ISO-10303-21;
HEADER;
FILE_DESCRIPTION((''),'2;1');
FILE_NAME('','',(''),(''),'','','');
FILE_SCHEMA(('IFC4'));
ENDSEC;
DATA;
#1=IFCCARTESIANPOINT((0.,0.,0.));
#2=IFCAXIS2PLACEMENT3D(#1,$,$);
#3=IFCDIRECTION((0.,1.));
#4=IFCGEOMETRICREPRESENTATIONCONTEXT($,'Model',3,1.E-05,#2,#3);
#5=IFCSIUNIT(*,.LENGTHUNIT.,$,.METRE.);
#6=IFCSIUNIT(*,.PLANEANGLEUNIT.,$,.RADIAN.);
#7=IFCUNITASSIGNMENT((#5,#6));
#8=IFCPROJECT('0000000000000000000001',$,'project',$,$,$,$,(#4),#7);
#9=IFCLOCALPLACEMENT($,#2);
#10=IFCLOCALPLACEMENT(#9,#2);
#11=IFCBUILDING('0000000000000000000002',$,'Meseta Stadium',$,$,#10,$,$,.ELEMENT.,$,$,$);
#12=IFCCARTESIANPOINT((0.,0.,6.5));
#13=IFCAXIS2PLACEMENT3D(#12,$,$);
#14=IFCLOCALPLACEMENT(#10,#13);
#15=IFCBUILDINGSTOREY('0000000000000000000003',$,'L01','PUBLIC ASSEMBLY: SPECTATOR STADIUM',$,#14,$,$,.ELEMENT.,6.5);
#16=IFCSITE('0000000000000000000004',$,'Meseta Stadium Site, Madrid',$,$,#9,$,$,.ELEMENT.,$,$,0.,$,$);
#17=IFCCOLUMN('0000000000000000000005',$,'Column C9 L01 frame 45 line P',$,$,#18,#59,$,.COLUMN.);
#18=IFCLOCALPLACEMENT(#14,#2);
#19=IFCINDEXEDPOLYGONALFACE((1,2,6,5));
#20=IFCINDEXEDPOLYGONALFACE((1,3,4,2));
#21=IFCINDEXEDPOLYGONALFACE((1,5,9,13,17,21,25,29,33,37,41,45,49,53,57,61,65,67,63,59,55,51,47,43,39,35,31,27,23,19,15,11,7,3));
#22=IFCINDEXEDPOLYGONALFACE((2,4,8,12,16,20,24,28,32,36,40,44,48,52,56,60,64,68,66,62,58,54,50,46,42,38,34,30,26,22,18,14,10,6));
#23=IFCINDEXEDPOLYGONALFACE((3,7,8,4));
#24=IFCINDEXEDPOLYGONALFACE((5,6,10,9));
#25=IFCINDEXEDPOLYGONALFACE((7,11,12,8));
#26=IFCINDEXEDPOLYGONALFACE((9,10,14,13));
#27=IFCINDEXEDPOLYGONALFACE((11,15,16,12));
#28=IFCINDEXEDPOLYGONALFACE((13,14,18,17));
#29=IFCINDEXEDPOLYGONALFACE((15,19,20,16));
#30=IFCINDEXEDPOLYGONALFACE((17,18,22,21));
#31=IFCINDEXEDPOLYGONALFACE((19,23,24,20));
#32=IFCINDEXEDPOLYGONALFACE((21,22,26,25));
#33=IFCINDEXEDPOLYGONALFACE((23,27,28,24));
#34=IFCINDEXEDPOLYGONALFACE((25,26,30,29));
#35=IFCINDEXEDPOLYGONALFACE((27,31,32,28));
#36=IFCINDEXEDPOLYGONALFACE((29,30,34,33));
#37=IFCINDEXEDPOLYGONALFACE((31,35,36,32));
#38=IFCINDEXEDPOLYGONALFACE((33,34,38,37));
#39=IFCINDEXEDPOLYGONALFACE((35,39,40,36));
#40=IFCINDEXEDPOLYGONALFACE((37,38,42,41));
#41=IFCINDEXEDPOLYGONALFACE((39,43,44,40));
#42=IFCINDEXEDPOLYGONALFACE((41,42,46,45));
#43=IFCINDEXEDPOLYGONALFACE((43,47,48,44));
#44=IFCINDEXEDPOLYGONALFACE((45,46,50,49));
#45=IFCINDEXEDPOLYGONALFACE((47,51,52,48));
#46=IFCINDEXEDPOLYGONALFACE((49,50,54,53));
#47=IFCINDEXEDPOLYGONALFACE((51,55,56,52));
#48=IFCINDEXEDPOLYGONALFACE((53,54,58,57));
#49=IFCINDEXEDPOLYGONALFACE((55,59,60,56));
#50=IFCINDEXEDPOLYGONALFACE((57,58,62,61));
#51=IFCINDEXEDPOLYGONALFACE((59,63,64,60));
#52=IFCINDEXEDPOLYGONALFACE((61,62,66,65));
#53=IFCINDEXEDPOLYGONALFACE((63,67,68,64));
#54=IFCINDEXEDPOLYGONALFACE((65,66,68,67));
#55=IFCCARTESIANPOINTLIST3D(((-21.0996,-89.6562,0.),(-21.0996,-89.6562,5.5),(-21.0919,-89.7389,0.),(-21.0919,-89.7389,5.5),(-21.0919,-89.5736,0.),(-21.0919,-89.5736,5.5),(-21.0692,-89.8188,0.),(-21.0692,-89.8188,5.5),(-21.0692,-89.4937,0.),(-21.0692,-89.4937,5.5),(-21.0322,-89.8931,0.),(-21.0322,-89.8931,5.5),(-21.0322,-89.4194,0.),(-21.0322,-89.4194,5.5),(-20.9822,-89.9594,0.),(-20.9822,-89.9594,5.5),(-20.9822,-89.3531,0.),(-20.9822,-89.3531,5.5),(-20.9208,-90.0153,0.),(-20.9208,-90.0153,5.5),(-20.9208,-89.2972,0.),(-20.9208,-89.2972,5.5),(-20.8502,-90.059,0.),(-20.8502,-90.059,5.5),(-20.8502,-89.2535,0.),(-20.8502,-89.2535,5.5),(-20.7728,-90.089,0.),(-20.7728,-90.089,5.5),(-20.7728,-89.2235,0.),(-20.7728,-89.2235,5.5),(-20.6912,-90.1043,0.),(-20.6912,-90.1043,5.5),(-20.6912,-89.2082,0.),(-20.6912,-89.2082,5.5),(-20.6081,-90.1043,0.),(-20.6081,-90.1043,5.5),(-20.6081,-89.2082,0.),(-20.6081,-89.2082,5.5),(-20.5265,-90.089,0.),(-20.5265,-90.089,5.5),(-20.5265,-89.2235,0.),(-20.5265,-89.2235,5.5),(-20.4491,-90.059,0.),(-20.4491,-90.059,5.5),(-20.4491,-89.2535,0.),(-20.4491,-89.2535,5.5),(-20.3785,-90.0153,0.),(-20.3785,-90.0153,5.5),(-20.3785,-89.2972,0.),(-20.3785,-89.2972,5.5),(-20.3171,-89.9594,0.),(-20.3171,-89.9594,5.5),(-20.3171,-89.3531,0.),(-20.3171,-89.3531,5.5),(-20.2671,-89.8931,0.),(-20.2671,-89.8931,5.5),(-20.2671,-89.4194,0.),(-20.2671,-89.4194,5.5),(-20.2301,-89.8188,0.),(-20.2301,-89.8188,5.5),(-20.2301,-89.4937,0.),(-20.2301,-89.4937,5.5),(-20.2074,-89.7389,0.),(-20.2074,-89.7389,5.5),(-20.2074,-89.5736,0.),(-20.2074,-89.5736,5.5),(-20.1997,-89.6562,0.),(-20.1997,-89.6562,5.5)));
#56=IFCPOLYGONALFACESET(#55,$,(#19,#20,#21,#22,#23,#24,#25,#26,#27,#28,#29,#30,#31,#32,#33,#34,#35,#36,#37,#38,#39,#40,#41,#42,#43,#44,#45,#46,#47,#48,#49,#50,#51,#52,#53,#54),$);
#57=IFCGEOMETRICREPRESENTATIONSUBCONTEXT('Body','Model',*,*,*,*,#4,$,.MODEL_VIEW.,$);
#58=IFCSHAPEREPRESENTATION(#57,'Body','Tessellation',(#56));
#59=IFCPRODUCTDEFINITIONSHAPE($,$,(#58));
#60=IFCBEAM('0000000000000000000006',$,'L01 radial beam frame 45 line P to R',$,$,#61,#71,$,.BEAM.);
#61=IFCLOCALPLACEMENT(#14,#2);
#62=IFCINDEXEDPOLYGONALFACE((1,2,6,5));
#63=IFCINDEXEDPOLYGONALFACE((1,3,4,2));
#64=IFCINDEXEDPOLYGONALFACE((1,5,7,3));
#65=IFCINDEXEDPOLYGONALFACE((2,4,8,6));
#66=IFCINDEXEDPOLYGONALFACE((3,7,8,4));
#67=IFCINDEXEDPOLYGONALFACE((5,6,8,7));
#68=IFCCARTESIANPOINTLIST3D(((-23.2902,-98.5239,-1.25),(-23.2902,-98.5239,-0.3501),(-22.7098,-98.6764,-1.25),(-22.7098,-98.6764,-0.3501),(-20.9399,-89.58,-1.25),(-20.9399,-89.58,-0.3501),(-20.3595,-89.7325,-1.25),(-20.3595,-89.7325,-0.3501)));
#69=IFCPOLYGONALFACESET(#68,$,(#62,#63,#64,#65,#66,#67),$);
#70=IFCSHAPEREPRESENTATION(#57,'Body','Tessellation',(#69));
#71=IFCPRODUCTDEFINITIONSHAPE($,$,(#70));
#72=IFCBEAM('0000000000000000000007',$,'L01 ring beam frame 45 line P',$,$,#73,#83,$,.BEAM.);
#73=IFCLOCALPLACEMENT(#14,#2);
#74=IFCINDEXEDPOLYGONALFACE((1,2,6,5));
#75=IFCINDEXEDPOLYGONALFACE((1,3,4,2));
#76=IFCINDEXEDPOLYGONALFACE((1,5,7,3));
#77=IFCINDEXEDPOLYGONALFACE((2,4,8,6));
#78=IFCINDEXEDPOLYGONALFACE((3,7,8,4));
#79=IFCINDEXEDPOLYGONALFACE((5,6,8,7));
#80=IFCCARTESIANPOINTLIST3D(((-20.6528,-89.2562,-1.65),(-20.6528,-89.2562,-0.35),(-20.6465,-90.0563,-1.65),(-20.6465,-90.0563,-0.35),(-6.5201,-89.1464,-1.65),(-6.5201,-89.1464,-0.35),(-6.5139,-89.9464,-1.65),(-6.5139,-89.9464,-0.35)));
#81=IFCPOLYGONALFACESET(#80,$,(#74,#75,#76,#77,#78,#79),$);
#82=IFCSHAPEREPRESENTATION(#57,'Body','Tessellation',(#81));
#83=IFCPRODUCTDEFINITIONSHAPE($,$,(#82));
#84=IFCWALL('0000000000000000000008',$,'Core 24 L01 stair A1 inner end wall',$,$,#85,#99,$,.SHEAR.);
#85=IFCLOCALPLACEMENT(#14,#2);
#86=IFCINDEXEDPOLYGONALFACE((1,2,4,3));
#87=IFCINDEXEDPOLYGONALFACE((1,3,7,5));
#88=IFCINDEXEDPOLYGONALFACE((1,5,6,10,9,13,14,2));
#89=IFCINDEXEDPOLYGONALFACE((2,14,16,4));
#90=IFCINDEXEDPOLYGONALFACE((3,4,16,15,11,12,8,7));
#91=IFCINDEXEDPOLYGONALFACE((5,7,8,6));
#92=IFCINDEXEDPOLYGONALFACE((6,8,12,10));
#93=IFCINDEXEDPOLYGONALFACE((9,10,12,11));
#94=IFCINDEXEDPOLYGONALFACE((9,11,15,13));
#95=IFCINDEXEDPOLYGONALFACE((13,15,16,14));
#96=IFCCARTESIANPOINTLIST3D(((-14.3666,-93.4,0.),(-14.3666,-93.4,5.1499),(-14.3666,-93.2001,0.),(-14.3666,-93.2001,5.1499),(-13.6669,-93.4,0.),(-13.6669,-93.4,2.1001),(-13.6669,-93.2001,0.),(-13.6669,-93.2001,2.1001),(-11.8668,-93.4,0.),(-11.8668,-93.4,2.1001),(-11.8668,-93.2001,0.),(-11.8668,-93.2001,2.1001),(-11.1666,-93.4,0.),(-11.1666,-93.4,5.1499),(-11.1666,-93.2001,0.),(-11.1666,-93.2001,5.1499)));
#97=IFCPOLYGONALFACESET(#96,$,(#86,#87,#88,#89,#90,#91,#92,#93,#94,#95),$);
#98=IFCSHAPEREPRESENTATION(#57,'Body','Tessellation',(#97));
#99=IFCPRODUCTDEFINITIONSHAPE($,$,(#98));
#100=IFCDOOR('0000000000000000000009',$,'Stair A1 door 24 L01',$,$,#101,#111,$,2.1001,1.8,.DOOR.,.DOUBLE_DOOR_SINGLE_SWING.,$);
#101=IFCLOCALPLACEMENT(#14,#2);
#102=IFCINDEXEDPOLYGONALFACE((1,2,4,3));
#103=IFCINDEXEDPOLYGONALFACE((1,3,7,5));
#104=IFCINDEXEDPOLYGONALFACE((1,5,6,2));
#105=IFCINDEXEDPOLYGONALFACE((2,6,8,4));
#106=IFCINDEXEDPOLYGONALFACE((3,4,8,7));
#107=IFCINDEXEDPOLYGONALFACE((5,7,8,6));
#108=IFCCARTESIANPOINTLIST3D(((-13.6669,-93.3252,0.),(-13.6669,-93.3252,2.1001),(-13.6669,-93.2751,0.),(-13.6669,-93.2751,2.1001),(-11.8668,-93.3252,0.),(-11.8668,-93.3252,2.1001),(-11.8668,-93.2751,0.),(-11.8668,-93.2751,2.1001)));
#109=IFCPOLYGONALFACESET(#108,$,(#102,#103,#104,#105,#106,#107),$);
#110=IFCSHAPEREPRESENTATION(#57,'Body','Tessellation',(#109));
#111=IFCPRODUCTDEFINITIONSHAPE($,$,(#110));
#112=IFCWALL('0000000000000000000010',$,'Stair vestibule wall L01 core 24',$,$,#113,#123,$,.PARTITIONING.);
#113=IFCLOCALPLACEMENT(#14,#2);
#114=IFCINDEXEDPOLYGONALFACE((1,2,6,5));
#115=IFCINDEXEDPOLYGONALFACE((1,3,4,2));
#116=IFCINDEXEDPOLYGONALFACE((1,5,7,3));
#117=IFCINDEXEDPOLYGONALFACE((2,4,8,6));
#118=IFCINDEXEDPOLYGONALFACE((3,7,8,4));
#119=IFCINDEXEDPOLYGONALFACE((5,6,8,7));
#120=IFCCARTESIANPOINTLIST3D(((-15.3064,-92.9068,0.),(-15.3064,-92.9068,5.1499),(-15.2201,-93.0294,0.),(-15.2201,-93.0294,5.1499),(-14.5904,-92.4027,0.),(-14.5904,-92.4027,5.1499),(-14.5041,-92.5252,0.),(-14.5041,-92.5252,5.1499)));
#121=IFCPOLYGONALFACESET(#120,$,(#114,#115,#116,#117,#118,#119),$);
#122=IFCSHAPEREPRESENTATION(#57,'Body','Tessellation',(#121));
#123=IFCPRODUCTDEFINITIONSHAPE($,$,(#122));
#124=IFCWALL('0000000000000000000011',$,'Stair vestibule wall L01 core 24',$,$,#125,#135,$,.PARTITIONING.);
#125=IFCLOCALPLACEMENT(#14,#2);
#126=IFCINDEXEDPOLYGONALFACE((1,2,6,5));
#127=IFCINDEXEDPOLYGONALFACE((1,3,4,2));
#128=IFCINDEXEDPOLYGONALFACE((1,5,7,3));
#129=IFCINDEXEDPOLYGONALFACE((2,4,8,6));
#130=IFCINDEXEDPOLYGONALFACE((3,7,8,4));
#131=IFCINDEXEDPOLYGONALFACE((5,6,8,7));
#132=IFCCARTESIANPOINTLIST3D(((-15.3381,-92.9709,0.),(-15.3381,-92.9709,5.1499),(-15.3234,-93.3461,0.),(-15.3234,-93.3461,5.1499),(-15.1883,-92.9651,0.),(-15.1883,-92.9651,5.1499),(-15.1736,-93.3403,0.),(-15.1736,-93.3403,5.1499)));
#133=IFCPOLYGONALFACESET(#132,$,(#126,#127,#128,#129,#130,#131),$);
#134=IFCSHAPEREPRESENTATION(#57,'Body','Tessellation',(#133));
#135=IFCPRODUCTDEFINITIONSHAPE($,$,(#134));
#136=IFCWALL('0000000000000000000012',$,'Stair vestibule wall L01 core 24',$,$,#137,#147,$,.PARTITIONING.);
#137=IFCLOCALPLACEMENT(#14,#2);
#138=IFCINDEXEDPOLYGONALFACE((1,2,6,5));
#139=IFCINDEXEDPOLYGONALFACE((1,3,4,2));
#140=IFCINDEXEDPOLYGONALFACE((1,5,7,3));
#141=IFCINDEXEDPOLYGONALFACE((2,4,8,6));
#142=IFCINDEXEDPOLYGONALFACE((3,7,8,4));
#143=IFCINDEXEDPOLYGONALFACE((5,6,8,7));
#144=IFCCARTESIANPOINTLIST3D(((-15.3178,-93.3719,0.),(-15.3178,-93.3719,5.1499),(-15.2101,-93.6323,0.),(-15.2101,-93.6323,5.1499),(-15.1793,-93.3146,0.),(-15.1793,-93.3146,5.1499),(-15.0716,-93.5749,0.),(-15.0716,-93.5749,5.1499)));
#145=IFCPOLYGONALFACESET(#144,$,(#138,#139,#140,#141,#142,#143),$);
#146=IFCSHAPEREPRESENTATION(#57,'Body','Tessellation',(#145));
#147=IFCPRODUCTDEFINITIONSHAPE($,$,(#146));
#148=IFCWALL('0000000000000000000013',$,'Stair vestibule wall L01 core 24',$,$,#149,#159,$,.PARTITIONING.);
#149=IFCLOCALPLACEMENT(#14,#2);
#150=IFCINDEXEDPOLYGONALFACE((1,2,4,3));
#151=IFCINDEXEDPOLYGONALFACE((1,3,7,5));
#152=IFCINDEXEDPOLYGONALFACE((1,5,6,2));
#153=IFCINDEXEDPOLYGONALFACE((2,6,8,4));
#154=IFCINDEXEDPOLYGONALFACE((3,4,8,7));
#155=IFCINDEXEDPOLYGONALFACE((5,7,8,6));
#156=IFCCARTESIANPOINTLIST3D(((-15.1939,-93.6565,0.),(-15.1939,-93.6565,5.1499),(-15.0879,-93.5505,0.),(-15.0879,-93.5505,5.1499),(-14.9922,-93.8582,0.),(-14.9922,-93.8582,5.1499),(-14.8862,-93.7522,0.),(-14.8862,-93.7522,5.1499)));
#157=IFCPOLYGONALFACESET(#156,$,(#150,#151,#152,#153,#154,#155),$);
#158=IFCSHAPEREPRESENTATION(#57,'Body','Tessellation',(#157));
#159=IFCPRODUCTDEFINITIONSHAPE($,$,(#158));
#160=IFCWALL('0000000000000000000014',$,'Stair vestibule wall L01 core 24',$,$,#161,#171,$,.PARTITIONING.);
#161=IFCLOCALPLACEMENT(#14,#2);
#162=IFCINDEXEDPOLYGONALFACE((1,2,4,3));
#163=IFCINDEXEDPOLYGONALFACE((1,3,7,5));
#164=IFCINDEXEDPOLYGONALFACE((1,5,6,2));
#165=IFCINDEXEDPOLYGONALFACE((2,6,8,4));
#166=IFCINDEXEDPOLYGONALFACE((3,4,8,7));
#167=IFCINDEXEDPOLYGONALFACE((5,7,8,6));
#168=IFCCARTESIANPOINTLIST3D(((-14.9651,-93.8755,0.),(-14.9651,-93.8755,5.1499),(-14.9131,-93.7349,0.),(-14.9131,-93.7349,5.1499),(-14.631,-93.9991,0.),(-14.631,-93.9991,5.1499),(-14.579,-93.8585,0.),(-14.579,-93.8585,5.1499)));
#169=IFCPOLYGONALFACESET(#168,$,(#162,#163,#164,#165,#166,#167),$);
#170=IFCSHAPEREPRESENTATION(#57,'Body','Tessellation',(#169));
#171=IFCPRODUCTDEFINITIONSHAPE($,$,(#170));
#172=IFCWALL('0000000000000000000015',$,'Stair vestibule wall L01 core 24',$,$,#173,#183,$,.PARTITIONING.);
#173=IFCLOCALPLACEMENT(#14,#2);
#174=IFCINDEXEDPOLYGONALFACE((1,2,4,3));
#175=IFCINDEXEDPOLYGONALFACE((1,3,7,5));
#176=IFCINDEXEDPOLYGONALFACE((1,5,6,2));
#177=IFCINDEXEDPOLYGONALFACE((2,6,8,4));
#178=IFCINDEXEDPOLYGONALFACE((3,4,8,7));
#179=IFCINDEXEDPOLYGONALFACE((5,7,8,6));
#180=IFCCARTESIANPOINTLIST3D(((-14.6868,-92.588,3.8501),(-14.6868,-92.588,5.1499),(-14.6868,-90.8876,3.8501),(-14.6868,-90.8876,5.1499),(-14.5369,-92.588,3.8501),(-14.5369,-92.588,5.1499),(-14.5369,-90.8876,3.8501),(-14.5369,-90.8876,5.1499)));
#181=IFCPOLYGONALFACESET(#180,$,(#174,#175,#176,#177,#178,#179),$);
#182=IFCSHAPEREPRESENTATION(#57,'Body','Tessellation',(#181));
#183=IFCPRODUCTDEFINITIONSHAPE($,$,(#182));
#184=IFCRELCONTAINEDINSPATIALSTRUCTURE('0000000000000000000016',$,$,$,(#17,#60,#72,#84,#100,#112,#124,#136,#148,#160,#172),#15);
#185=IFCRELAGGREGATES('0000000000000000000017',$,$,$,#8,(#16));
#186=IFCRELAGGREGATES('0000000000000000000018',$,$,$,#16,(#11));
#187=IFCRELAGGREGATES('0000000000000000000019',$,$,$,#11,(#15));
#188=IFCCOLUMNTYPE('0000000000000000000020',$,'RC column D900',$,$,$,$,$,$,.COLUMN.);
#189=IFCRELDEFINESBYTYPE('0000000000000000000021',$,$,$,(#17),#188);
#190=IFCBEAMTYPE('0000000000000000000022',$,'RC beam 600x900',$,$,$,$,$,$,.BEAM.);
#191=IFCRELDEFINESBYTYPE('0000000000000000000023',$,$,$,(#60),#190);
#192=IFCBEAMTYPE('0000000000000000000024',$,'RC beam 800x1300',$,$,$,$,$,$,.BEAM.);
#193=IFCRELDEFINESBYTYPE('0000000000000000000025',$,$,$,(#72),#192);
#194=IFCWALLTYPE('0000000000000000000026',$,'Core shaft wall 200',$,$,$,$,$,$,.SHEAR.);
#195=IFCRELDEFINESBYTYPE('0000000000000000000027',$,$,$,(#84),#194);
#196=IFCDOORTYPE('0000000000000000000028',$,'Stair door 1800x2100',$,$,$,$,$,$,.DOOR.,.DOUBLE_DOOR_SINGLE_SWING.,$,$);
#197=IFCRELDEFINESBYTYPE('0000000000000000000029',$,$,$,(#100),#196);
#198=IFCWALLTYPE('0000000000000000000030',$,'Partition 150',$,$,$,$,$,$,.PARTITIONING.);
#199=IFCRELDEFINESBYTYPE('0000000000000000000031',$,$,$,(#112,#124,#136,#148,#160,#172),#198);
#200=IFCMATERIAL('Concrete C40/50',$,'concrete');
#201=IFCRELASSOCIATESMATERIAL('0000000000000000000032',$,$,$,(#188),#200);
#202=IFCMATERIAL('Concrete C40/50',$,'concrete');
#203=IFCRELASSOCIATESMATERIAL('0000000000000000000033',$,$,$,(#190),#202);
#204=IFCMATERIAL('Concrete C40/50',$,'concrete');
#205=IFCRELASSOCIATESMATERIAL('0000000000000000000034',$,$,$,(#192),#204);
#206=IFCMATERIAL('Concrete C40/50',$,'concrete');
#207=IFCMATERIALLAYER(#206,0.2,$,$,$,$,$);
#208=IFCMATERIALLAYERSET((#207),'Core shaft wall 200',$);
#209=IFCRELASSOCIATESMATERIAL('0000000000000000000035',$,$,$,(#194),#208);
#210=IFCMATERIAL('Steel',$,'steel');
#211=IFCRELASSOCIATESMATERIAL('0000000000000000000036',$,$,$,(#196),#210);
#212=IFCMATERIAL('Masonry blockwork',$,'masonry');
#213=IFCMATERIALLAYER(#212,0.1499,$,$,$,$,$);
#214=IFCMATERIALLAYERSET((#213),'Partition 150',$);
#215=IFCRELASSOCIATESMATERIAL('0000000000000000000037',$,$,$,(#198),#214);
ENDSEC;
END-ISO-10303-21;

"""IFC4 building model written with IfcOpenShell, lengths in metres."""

from ifc_helpers import new_model, si_unit, direction, frame, frame_2d, origin, origin_2d, place, context, subcontext, project, spatial, rectangle, circle, extrude, material, layer, layer_set, material_profile, profile_set, type_object, element, fill, save


model = new_model("IFC4")

# Units and contexts
model_context = context("Model", 3, precision=1e-05, world=origin(), true_north=direction((0.0, 1.0)))
body_context = subcontext(model_context, "Body", "Model", "MODEL_VIEW")
ifc_project = project(units=[si_unit("LENGTHUNIT", "METRE"), si_unit("PLANEANGLEUNIT", "RADIAN")], contexts=[model_context])

# Site, building, storey
site_placement = place(None, origin())
site = spatial("IfcSite", under=ifc_project, at=site_placement, Name="Meseta Stadium Site, Madrid", CompositionType="ELEMENT", RefElevation=0.0)
building_placement = place(site_placement, origin())
building = spatial("IfcBuilding", under=site, at=building_placement, Name="Meseta Stadium", CompositionType="ELEMENT")
storey_placement = place(building_placement, frame((0.0, 0.0, 6.5)))
storey = spatial("IfcBuildingStorey", under=building, at=storey_placement, Name="L01", Description="PUBLIC ASSEMBLY: SPECTATOR STADIUM", CompositionType="ELEMENT", Elevation=6.5)

# Column
ifc_material_1 = material(Name="Concrete C40/50", Category="concrete")
ifc_material_profile_1 = material_profile(ifc_material_1, circle(Radius=0.45, at=origin_2d()), Name="RC D900")
ifc_profile_set_1 = profile_set([ifc_material_profile_1], Name="Concrete C40/50")
column_type = type_object("IfcColumnType", Name="RC column D900", PredefinedType="COLUMN", material=ifc_profile_set_1)
column_placement = place(storey_placement, frame((-20.6497, -89.6562, 0.0), z_axis=(0.0, 0.0, 1.0), x_axis=(1.0, 0.0, 0.0)))
element("IfcColumn", 1, at=column_placement, inside=storey, type_object=column_type, Name="Column C9 L01 frame 45 line P", PredefinedType="COLUMN", context=body_context, shape_type="SweptSolid", body=[
    extrude(circle(Radius=0.45, at=origin_2d()), origin(), (0.0, 0.0, 1.0), 5.5),
])

# Beams
ifc_material_2 = material(Name="Concrete C40/50", Category="concrete")
ifc_material_profile_2 = material_profile(ifc_material_2, rectangle(XDim=0.6001, YDim=0.8999, at=origin_2d()), Name="RC 600x900")
ifc_profile_set_2 = profile_set([ifc_material_profile_2], Name="Concrete C40/50")
beam_type_1 = type_object("IfcBeamType", Name="RC beam 600x900", PredefinedType="BEAM", material=ifc_profile_set_2)
beam_1_placement = place(storey_placement, frame((-20.6497, -89.6562, -0.8), z_axis=(-0.254159, -0.967162, 0.0), x_axis=(0.967162, -0.254159, 0.0)))
element("IfcBeam", 2, at=beam_1_placement, inside=storey, type_object=beam_type_1, Name="L01 radial beam frame 45 line P to R", PredefinedType="BEAM", context=body_context, shape_type="SweptSolid", body=[
    extrude(rectangle(XDim=0.6001, YDim=0.8999, at=origin_2d()), origin(), (0.0, 0.0, 1.0), 9.2476),
])
ifc_material_3 = material(Name="Concrete C40/50", Category="concrete")
ifc_material_profile_3 = material_profile(ifc_material_3, rectangle(XDim=0.8, YDim=1.3, at=origin_2d()), Name="RC 800x1300")
ifc_profile_set_3 = profile_set([ifc_material_profile_3], Name="Concrete C40/50")
beam_type_2 = type_object("IfcBeamType", Name="RC beam 800x1300", PredefinedType="BEAM", material=ifc_profile_set_3)
beam_2_placement = place(storey_placement, frame((-20.6497, -89.6562, -1.0), z_axis=(0.99997, 0.007774, 0.0), x_axis=(-0.007774, 0.99997, 0.0)))
element("IfcBeam", 3, at=beam_2_placement, inside=storey, type_object=beam_type_2, Name="L01 ring beam frame 45 line P", PredefinedType="BEAM", context=body_context, shape_type="SweptSolid", body=[
    extrude(rectangle(XDim=0.8, YDim=1.3, at=origin_2d()), origin(), (0.0, 0.0, 1.0), 14.1331),
])

# Wall, opening, door
ifc_material_4 = material(Name="Concrete C40/50", Category="concrete")
ifc_layer_1 = layer(ifc_material_4, 0.2)
ifc_layer_set_1 = layer_set([ifc_layer_1], Name="Core shaft wall 200")
wall_type_1 = type_object("IfcWallType", Name="Core shaft wall 200", PredefinedType="SHEAR", material=ifc_layer_set_1)
wall_1_placement = place(storey_placement, frame((-14.3667, -93.3, 0.0), z_axis=(0.0, 0.0, 1.0), x_axis=(1.0, 0.0, 0.0)))
wall_1 = element("IfcWall", 4, at=wall_1_placement, inside=storey, type_object=wall_type_1, Name="Core 24 L01 stair A1 inner end wall", PredefinedType="SHEAR", context=body_context, shape_type="SweptSolid", body=[
    extrude(rectangle(XDim=3.2, YDim=0.2, at=frame_2d((1.6001, 0.0))), origin(), (0.0, 0.0, 1.0), 5.1499),
])
opening_1_placement = place(wall_1_placement, frame((0.7, 0.0, 0.0)))
opening_1 = element("IfcOpeningElement", 5, at=opening_1_placement, cuts=wall_1, PredefinedType="OPENING", context=body_context, shape_type="SweptSolid", body=[
    extrude(rectangle(XDim=1.8, YDim=2.1001, at=frame_2d((0.8999, 1.05))), frame((0.0, 0.1099, 0.0), z_axis=(0.0, -1.0, 0.0), x_axis=(1.0, 0.0, 0.0)), (0.0, 0.0, 1.0), 0.22),
])
ifc_material_5 = material(Name="Steel", Category="steel")
door_type_1 = type_object("IfcDoorType", Name="Stair door 1800x2100", OperationType="DOUBLE_DOOR_SINGLE_SWING", PredefinedType="DOOR", material=ifc_material_5)
door_1_placement = place(opening_1_placement, origin())
door_1 = element("IfcDoor", 6, at=door_1_placement, inside=storey, type_object=door_type_1, Name="Stair A1 door 24 L01", OperationType="DOUBLE_DOOR_SINGLE_SWING", OverallHeight=2.1001, OverallWidth=1.8, PredefinedType="DOOR", context=body_context, shape_type="SweptSolid", body=[
    extrude(rectangle(XDim=1.8, YDim=2.1001, at=frame_2d((0.8999, 1.05))), frame((0.0, 0.0249, 0.0), z_axis=(0.0, -1.0, 0.0), x_axis=(1.0, 0.0, 0.0)), (0.0, 0.0, 1.0), 0.05),
])
fill(opening_1, door_1)

# Walls
ifc_material_6 = material(Name="Masonry blockwork", Category="masonry")
ifc_layer_2 = layer(ifc_material_6, 0.1499)
ifc_layer_set_2 = layer_set([ifc_layer_2], Name="Partition 150")
wall_type_2 = type_object("IfcWallType", Name="Partition 150", PredefinedType="PARTITIONING", material=ifc_layer_set_2)
wall_2_placement = place(storey_placement, frame((-14.5471, -92.4639, 0.0), z_axis=(0.0, 0.0, 1.0), x_axis=(-0.81767, -0.575687, 0.0)))
element("IfcWall", 7, at=wall_2_placement, inside=storey, type_object=wall_type_2, Name="Stair vestibule wall L01 core 24", PredefinedType="PARTITIONING", context=body_context, shape_type="SweptSolid", body=[
    extrude(rectangle(XDim=0.8757, YDim=0.1499, at=frame_2d((0.438, 0.0))), origin(), (0.0, 0.0, 1.0), 5.1499),
])
wall_3_placement = place(storey_placement, frame((-15.2632, -92.968, 0.0), z_axis=(0.0, 0.0, 1.0), x_axis=(0.039007, -0.999239, 0.0)))
element("IfcWall", 8, at=wall_3_placement, inside=storey, type_object=wall_type_2, Name="Stair vestibule wall L01 core 24", PredefinedType="PARTITIONING", context=body_context, shape_type="SweptSolid", body=[
    extrude(rectangle(XDim=0.3755, YDim=0.1499, at=frame_2d((0.1877, 0.0))), origin(), (0.0, 0.0, 1.0), 5.1499),
])
wall_4_placement = place(storey_placement, frame((-15.2485, -93.3433, 0.0), z_axis=(0.0, 0.0, 1.0), x_axis=(0.382275, -0.924049, 0.0)))
element("IfcWall", 9, at=wall_4_placement, inside=storey, type_object=wall_type_2, Name="Stair vestibule wall L01 core 24", PredefinedType="PARTITIONING", context=body_context, shape_type="SweptSolid", body=[
    extrude(rectangle(XDim=0.2817, YDim=0.1499, at=frame_2d((0.1409, 0.0))), origin(), (0.0, 0.0, 1.0), 5.1499),
])
wall_5_placement = place(storey_placement, frame((-15.1409, -93.6035, 0.0), z_axis=(0.0, 0.0, 1.0), x_axis=(0.707107, -0.707107, 0.0)))
element("IfcWall", 10, at=wall_5_placement, inside=storey, type_object=wall_type_2, Name="Stair vestibule wall L01 core 24", PredefinedType="PARTITIONING", context=body_context, shape_type="SweptSolid", body=[
    extrude(rectangle(XDim=0.2852, YDim=0.1499, at=frame_2d((0.1426, 0.0))), origin(), (0.0, 0.0, 1.0), 5.1499),
])
wall_6_placement = place(storey_placement, frame((-14.9392, -93.8052, 0.0), z_axis=(0.0, 0.0, 1.0), x_axis=(0.937898, -0.346912, 0.0)))
element("IfcWall", 11, at=wall_6_placement, inside=storey, type_object=wall_type_2, Name="Stair vestibule wall L01 core 24", PredefinedType="PARTITIONING", context=body_context, shape_type="SweptSolid", body=[
    extrude(rectangle(XDim=0.3562, YDim=0.1499, at=frame_2d((0.1782, 0.0))), origin(), (0.0, 0.0, 1.0), 5.1499),
])
wall_7_placement = place(storey_placement, frame((-14.6118, -90.8877, 3.8501), z_axis=(0.0, 0.0, 1.0), x_axis=(0.0, -1.0, 0.0)))
element("IfcWall", 12, at=wall_7_placement, inside=storey, type_object=wall_type_2, Name="Stair vestibule wall L01 core 24", PredefinedType="PARTITIONING", context=body_context, shape_type="SweptSolid", body=[
    extrude(rectangle(XDim=1.7004, YDim=0.1499, at=frame_2d((0.8501, 0.0))), origin(), (0.0, 0.0, 1.0), 1.2998),
])

save(model, "model.ifc")
